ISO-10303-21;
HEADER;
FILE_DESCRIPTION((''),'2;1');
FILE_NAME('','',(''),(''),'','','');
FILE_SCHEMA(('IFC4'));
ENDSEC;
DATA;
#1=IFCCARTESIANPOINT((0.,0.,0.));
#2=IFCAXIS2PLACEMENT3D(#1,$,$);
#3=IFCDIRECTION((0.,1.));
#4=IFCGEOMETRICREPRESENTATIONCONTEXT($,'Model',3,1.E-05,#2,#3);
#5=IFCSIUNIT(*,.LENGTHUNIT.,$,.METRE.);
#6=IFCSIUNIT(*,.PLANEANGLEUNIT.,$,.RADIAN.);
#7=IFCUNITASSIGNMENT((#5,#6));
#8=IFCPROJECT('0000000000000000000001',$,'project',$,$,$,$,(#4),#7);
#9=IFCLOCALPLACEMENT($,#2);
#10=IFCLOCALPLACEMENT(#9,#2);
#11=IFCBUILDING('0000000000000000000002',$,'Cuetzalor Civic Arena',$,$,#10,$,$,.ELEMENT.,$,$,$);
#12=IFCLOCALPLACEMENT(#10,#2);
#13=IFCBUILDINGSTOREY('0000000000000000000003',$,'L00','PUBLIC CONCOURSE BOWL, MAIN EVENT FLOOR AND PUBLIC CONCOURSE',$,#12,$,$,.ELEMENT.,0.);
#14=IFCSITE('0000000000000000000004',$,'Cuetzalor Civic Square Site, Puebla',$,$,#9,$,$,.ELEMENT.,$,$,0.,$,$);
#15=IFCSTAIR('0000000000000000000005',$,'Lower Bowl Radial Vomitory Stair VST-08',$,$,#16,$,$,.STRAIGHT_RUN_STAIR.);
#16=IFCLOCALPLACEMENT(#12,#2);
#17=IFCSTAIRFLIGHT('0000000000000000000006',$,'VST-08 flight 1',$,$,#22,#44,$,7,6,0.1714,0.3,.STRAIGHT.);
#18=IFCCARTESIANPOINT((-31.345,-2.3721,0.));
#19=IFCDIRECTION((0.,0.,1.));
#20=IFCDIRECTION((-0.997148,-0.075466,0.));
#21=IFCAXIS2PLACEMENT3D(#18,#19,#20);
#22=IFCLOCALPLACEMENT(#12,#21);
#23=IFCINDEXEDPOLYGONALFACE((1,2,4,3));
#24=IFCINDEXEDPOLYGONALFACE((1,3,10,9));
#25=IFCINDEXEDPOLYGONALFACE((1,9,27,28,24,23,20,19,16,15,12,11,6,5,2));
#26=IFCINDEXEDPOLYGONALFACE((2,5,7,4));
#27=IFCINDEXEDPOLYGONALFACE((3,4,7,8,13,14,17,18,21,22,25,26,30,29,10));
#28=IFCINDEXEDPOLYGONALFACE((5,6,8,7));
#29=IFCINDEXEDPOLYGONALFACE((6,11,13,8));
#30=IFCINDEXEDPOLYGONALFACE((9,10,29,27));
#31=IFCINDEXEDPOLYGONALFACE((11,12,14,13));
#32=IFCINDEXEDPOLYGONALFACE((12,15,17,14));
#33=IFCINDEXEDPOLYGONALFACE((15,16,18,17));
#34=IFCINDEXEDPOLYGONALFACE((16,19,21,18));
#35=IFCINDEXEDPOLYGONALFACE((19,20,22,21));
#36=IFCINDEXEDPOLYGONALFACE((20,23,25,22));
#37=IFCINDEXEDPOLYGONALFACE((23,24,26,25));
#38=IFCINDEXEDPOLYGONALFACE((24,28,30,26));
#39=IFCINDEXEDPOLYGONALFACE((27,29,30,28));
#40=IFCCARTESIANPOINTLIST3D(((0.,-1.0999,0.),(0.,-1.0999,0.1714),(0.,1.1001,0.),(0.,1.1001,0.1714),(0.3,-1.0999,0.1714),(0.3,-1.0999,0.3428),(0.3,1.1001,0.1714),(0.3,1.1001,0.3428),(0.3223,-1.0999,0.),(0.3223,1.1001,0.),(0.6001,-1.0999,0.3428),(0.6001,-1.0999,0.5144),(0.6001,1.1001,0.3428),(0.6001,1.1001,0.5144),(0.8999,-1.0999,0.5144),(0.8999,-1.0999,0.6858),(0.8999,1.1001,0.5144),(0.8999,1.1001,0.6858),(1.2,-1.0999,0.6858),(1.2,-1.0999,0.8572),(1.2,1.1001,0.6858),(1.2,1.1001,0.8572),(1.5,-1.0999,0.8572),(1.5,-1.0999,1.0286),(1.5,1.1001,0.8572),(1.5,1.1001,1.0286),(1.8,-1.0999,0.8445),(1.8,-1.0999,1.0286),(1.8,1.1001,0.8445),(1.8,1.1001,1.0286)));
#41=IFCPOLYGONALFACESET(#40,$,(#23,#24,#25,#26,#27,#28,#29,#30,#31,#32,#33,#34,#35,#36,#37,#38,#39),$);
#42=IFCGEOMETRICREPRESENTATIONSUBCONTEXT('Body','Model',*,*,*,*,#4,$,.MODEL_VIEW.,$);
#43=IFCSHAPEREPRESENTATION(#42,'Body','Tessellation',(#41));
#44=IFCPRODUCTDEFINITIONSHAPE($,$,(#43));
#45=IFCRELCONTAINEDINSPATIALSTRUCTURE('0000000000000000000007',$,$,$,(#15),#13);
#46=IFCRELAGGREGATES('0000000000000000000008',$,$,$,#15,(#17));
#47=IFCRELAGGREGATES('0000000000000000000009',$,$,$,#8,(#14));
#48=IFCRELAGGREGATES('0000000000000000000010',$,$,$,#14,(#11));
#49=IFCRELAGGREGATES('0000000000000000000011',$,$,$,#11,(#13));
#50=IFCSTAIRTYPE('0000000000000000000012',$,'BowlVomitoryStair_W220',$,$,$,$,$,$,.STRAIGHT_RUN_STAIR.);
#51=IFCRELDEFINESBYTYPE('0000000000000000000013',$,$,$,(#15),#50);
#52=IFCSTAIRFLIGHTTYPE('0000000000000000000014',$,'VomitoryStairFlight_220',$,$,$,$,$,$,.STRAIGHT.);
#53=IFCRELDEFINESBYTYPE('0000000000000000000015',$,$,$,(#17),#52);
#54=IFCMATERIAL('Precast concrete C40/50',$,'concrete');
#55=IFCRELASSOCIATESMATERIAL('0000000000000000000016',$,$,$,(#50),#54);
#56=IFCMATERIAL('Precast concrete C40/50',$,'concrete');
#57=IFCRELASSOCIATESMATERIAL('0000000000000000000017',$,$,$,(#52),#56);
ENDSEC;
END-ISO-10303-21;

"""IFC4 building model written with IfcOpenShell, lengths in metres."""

from ifc_helpers import new_model, si_unit, direction, frame, origin, place, context, subcontext, project, spatial, polyline, outline, extrude, material, type_object, element, aggregate, save


model = new_model("IFC4")

# Units and contexts
model_context = context("Model", 3, precision=1e-05, world=origin(), true_north=direction((0.0, 1.0)))
body_context = subcontext(model_context, "Body", "Model", "MODEL_VIEW")
ifc_project = project(units=[si_unit("LENGTHUNIT", "METRE"), si_unit("PLANEANGLEUNIT", "RADIAN")], contexts=[model_context])

# Site, building, storey
site_placement = place(None, origin())
site = spatial("IfcSite", under=ifc_project, at=site_placement, Name="Cuetzalor Civic Square Site, Puebla", CompositionType="ELEMENT", RefElevation=0.0)
building_placement = place(site_placement, origin())
building = spatial("IfcBuilding", under=site, at=building_placement, Name="Cuetzalor Civic Arena", CompositionType="ELEMENT")
storey_placement = place(building_placement, origin())
storey = spatial("IfcBuildingStorey", under=building, at=storey_placement, Name="L00", Description="PUBLIC CONCOURSE BOWL, MAIN EVENT FLOOR AND PUBLIC CONCOURSE", CompositionType="ELEMENT", Elevation=0.0)

# Stair, stair flight
ifc_material_1 = material(Name="Precast concrete C40/50", Category="concrete")
stair_type = type_object("IfcStairType", Name="BowlVomitoryStair_W220", PredefinedType="STRAIGHT_RUN_STAIR", material=ifc_material_1)
ifc_material_2 = material(Name="Precast concrete C40/50", Category="concrete")
stair_flight_type = type_object("IfcStairFlightType", Name="VomitoryStairFlight_220", PredefinedType="STRAIGHT", material=ifc_material_2)
stair_1_placement = place(storey_placement, origin())
stair_1 = element("IfcStair", 1, at=stair_1_placement, inside=storey, type_object=stair_type, Name="Lower Bowl Radial Vomitory Stair VST-08", PredefinedType="STRAIGHT_RUN_STAIR")
stair_flight_1_placement = place(storey_placement, frame((-31.345, -2.3721, 0.0), z_axis=(0.0, 0.0, 1.0), x_axis=(-0.997148, -0.075466, 0.0)))
stair_flight_1 = element("IfcStairFlight", 2, at=stair_flight_1_placement, type_object=stair_flight_type, Name="VST-08 flight 1", NumberOfRisers=7, NumberOfTreads=6, PredefinedType="STRAIGHT", RiserHeight=0.1714, TreadLength=0.3, context=body_context, shape_type="SweptSolid", body=[
    extrude(outline(polyline([(0.0, 0.0), (0.0, 0.1714), (0.3, 0.1714), (0.3, 0.3428), (0.6001, 0.3428), (0.6001, 0.5144), (0.8999, 0.5144), (0.8999, 0.6858), (1.2, 0.6858), (1.2, 0.8572), (1.5, 0.8572), (1.5, 1.0286), (1.8, 1.0286), (1.8, 1.2), (1.8, 0.8445), (0.3223, 0.0), (0.0, 0.0)])), frame((0.0, 1.1001, 0.0), z_axis=(0.0, -1.0, 0.0), x_axis=(1.0, 0.0, 0.0)), (0.0, 0.0, 1.0), 2.2),
])
aggregate(stair_1, [stair_flight_1])

save(model, "model.ifc")
